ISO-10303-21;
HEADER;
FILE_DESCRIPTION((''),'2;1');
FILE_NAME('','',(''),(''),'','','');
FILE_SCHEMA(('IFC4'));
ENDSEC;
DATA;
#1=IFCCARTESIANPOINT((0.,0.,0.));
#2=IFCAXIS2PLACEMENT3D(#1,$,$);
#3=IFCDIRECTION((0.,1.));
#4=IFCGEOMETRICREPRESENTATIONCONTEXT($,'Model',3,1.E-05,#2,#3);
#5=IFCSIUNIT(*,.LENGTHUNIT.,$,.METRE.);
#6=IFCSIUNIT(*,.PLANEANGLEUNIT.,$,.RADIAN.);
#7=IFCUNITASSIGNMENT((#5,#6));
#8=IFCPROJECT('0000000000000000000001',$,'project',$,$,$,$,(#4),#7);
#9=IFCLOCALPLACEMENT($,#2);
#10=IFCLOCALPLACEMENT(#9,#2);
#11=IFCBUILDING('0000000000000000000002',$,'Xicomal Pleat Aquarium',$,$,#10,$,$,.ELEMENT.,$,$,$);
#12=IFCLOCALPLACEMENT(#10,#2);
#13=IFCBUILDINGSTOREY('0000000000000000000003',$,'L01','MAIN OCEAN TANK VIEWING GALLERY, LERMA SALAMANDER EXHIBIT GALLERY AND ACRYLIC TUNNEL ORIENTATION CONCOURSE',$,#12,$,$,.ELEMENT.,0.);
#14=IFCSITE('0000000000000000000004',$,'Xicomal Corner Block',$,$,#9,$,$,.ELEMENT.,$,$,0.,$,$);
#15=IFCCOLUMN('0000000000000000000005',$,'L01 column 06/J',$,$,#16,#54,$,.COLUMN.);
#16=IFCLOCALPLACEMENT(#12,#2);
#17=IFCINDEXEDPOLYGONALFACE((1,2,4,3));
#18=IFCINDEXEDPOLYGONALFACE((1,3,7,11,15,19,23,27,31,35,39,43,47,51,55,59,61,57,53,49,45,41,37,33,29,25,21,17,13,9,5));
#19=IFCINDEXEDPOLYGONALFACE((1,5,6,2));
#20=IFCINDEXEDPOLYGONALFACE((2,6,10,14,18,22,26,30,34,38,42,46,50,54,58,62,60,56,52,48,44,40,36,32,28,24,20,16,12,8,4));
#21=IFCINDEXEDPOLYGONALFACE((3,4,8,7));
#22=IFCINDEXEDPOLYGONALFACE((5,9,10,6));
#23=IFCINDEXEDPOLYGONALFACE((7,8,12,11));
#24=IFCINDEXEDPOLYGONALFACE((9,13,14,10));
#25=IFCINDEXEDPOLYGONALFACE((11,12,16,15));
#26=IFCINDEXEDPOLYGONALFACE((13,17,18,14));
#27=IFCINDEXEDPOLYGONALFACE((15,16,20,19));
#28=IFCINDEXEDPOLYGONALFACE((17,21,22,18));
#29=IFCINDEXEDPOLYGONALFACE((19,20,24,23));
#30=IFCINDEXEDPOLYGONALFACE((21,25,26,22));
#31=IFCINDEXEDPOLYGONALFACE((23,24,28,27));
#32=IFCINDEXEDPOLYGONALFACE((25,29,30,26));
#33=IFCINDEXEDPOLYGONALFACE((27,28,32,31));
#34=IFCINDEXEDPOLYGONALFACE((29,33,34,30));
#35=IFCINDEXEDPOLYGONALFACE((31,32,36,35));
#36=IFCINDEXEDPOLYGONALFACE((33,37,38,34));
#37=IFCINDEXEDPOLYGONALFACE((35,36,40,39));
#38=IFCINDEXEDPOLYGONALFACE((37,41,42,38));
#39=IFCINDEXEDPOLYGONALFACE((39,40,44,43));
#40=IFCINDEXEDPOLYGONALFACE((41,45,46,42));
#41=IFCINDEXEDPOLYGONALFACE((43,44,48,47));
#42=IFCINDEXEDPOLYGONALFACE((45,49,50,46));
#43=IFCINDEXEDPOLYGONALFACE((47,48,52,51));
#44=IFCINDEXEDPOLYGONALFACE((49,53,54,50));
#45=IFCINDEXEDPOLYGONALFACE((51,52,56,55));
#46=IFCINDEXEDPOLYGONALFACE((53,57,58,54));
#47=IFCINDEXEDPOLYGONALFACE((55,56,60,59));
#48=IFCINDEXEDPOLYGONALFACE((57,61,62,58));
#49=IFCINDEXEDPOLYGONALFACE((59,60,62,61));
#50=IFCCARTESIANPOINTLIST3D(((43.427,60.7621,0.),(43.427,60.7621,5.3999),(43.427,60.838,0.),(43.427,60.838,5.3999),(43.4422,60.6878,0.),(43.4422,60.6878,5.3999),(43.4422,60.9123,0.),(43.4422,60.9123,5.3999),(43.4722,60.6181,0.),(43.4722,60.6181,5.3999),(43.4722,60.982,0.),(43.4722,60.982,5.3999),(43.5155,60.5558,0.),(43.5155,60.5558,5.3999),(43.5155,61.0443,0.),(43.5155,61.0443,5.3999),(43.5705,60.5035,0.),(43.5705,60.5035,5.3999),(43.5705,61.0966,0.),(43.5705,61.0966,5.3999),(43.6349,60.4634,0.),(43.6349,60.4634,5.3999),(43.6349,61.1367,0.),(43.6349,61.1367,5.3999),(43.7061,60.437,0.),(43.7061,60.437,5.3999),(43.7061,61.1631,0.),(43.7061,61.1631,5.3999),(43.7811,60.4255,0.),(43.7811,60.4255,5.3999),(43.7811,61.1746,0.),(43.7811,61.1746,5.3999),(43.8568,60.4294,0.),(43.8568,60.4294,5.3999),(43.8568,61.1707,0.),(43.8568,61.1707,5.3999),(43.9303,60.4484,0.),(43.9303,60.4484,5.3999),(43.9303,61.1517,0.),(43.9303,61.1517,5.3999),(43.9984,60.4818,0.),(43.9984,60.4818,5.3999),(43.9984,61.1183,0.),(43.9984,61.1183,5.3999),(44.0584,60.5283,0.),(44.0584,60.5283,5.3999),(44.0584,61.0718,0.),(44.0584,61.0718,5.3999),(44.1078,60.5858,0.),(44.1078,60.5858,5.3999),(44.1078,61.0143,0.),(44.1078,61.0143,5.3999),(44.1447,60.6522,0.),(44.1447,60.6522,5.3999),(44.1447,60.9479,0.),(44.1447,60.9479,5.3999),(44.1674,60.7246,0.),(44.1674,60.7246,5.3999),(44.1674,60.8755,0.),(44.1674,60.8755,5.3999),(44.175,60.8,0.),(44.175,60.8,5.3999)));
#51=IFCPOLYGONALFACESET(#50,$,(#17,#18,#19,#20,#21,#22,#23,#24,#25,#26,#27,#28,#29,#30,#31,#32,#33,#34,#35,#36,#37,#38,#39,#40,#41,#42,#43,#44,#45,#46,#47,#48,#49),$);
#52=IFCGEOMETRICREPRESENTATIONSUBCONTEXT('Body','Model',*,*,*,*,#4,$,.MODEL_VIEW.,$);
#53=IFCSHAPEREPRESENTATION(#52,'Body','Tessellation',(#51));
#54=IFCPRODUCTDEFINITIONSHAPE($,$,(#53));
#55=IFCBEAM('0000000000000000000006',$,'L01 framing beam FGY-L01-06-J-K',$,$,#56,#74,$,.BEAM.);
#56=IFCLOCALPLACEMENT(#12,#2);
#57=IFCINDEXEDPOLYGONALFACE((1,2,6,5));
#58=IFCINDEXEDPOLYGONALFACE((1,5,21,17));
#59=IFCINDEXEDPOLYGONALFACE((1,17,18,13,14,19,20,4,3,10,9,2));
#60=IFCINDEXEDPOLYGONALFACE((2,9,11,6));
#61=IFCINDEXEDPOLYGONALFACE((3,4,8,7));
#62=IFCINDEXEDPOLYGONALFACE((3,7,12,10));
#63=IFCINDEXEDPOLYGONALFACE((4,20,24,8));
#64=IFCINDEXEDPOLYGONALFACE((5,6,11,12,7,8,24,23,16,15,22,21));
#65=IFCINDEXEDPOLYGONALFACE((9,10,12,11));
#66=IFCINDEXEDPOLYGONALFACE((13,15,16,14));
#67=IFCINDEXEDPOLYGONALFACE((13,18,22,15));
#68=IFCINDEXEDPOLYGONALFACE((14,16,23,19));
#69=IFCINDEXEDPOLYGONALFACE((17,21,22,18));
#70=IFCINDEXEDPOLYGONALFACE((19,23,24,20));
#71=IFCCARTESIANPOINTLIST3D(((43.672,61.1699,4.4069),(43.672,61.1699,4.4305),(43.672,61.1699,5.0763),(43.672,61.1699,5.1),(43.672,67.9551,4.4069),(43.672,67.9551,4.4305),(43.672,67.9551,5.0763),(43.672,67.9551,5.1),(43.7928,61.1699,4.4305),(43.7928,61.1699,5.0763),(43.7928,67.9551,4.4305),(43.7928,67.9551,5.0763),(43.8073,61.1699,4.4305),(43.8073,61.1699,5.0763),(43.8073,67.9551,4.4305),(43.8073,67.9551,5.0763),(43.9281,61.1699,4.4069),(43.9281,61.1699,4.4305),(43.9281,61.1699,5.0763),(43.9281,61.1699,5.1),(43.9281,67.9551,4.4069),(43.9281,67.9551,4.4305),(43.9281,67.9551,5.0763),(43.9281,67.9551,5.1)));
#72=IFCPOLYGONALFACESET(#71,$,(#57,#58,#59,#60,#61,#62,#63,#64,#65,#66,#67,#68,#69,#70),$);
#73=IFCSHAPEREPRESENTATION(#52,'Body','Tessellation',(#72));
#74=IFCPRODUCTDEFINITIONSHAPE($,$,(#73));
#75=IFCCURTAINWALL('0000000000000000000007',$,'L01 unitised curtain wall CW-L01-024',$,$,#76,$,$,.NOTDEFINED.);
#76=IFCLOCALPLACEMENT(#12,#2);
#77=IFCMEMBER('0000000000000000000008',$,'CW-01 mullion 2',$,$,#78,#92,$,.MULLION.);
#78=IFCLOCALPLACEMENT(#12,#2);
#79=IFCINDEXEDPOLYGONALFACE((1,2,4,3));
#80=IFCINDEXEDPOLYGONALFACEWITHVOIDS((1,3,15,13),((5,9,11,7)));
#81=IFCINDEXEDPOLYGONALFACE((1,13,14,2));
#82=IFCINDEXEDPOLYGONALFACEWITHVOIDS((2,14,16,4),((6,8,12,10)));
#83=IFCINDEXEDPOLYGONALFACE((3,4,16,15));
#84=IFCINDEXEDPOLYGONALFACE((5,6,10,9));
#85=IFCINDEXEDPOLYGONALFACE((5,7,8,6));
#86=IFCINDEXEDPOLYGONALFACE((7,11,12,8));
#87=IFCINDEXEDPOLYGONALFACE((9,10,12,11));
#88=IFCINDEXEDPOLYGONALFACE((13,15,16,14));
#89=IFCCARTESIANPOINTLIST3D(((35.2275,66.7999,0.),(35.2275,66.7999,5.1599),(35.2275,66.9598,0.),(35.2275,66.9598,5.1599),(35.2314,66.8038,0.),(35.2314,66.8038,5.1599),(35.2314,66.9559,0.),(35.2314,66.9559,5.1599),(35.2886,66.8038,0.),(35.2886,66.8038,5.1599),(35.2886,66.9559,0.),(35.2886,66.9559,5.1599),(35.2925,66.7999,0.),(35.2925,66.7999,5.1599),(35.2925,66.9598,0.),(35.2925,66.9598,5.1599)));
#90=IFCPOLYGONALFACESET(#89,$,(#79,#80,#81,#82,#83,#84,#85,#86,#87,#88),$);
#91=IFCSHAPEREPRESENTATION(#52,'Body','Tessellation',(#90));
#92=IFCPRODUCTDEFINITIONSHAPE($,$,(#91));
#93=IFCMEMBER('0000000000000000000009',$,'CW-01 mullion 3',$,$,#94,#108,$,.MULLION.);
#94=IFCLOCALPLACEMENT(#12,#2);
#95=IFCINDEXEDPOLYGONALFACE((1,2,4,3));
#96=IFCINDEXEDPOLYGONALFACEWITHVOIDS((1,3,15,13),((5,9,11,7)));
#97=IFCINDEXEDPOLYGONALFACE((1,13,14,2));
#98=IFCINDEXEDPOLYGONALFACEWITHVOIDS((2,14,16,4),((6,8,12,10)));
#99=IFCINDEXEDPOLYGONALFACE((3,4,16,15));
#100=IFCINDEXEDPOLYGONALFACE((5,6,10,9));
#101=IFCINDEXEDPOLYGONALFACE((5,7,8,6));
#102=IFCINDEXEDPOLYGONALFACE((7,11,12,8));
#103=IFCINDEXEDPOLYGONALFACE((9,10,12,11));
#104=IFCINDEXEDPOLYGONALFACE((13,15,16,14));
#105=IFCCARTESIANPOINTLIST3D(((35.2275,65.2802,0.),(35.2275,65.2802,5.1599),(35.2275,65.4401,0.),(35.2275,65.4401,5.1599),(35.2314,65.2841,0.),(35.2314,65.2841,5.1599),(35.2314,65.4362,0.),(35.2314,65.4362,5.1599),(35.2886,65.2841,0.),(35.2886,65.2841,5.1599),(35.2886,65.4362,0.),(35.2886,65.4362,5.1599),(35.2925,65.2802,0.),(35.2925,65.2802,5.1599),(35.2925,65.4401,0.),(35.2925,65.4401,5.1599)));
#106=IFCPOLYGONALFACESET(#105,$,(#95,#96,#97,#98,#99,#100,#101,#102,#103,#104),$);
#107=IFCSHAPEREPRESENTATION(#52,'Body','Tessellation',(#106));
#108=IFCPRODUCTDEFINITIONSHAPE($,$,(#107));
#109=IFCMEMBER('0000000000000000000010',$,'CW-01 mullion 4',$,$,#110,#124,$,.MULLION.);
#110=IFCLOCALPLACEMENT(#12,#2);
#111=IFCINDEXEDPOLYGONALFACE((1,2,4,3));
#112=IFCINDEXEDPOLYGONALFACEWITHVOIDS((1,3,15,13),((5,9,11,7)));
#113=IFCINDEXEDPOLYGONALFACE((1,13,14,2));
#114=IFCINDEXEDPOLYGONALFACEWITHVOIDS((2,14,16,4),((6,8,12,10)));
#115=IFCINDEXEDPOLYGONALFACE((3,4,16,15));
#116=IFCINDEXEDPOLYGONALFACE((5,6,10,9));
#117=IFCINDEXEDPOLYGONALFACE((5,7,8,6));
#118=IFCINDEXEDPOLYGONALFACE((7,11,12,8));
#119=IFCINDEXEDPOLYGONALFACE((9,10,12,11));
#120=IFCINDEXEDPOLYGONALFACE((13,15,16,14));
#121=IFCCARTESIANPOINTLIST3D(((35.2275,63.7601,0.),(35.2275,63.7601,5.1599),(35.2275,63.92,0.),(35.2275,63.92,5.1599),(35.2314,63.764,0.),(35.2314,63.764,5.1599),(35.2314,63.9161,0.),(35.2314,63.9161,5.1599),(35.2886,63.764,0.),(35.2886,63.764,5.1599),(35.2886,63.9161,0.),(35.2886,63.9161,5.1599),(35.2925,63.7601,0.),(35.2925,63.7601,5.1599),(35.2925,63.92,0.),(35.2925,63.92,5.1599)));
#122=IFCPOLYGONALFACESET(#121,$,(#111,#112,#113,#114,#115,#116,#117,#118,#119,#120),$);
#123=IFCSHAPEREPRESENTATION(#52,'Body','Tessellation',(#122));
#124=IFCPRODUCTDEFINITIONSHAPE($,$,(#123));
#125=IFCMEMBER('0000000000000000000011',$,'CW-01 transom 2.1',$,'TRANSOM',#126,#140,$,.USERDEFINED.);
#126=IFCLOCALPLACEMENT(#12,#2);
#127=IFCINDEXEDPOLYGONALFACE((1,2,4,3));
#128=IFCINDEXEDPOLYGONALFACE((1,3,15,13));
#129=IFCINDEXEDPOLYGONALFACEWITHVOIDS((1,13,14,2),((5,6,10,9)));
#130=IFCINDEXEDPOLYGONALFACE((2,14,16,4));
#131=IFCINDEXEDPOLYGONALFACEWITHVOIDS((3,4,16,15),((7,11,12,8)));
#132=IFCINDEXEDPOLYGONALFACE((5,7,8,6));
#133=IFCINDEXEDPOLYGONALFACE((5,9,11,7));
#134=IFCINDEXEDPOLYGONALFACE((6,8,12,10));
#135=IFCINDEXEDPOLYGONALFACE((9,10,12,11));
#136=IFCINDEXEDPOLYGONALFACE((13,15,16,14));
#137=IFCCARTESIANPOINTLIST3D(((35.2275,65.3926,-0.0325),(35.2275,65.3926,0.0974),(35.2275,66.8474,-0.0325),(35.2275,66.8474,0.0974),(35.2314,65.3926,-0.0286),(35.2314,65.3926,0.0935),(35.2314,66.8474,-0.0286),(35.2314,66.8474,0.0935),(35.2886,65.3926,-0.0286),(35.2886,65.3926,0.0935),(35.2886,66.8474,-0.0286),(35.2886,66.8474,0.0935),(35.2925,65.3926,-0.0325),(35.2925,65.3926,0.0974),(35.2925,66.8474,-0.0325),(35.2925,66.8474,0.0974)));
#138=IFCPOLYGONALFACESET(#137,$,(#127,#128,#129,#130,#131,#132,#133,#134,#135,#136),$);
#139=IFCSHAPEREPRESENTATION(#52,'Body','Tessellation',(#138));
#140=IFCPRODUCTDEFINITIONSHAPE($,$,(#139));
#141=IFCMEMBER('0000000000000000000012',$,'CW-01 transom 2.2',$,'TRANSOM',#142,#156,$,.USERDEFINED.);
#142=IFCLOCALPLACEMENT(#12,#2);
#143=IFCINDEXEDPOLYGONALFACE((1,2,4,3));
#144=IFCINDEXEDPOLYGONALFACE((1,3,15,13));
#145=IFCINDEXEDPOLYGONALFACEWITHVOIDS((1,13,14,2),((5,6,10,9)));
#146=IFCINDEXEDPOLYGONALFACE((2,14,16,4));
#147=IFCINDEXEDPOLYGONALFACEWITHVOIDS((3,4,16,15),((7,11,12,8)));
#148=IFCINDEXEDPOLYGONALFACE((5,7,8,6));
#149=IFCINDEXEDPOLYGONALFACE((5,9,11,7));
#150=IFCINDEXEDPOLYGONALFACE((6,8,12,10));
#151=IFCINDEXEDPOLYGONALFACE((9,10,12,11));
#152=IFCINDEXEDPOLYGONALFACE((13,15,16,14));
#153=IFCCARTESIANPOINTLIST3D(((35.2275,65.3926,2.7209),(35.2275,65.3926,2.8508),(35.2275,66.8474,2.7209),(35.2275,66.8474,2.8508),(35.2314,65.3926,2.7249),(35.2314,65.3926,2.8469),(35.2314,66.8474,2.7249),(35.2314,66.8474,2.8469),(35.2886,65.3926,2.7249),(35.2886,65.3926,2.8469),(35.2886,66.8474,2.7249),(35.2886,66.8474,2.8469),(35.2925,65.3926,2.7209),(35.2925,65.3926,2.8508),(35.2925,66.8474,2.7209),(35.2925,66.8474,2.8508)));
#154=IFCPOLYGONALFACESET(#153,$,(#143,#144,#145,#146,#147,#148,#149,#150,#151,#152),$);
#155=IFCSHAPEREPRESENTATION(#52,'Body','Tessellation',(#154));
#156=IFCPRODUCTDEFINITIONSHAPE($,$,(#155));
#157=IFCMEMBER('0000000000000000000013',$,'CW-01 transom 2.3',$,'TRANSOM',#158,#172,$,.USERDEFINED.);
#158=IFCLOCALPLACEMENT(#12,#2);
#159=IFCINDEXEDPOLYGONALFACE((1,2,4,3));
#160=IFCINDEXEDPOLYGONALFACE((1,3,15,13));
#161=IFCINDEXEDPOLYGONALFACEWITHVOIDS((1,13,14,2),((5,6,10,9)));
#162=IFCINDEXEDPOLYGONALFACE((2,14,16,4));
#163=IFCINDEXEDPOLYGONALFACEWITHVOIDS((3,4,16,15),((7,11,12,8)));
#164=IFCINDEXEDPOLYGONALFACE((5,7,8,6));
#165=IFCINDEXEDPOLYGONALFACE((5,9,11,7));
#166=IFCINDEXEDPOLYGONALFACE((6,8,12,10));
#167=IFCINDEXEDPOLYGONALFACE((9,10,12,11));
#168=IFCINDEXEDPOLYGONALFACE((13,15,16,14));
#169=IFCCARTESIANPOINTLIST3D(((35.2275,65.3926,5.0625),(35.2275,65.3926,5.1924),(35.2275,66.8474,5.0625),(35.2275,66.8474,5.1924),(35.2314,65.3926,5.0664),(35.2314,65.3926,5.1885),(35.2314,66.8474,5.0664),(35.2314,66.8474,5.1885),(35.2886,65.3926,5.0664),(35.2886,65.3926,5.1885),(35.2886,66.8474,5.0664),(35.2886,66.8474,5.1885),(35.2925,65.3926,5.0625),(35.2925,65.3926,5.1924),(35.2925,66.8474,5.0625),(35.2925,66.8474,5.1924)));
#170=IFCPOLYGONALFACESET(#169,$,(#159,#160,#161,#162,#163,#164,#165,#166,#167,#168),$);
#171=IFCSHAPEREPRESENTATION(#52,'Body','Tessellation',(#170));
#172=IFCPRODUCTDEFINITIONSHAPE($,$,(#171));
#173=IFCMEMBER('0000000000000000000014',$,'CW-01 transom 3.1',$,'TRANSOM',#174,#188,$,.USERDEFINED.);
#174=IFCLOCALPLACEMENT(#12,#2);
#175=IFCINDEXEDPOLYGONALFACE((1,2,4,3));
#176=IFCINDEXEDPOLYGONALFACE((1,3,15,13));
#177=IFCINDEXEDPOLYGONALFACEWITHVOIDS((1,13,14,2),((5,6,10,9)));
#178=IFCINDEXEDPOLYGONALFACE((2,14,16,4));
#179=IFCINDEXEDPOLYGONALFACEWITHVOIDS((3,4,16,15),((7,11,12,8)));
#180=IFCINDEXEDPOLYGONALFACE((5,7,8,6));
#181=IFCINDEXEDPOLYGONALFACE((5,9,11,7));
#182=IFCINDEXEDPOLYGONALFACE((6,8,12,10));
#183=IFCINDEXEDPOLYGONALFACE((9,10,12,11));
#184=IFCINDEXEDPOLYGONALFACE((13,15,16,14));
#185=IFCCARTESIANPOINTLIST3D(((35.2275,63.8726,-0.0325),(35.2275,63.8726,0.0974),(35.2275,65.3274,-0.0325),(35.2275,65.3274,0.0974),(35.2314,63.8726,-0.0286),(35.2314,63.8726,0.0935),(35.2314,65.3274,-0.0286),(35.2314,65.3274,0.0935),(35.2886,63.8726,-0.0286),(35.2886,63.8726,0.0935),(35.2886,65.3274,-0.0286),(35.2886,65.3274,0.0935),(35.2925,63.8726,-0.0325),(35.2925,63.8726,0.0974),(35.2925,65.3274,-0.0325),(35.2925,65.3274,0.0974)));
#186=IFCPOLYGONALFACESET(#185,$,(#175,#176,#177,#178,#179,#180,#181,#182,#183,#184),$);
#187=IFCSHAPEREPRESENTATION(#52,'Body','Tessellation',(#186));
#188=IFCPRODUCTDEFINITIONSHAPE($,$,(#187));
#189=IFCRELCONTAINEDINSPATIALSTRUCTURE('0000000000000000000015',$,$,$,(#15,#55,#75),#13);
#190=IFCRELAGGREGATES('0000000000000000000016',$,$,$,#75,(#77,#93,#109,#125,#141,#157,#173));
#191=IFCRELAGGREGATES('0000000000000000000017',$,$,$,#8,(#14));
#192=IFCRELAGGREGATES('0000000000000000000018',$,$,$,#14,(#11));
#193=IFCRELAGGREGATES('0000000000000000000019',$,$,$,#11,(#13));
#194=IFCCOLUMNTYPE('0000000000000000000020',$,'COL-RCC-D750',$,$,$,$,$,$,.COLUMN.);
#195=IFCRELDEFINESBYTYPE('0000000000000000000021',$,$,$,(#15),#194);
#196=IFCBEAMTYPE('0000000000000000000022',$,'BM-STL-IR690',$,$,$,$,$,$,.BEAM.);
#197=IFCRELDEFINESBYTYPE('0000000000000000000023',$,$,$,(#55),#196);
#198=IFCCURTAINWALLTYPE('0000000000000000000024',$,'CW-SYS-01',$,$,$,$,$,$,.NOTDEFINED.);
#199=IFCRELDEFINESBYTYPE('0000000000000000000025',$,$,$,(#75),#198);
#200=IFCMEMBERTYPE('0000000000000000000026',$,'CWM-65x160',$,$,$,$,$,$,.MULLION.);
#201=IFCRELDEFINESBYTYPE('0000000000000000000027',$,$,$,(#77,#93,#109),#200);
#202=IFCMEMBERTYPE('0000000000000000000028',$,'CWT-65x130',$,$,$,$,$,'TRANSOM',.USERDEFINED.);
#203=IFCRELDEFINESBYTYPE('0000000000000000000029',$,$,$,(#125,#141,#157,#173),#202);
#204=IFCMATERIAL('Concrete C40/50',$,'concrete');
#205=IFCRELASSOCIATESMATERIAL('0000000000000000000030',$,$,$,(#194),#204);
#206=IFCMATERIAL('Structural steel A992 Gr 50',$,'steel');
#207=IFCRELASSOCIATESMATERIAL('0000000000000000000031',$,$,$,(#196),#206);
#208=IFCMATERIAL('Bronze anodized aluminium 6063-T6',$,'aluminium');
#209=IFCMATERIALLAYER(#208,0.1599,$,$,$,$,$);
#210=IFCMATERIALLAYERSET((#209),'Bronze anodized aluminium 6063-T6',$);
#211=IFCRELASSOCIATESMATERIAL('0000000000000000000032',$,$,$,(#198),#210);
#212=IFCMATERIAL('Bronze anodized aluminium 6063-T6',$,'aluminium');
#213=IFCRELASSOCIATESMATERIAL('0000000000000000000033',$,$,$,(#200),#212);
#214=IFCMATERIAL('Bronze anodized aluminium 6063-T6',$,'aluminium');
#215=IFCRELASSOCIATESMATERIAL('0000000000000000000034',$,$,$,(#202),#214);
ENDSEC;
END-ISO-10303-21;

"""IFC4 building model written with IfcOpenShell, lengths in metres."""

from ifc_helpers import new_model, si_unit, direction, frame, origin, origin_2d, place, context, subcontext, project, spatial, hollow_rectangle, circle, i_section, extrude, material, layer, layer_set, material_profile, profile_set, type_object, element, aggregate, save


model = new_model("IFC4")

# Units and contexts
model_context = context("Model", 3, precision=1e-05, world=origin(), true_north=direction((0.0, 1.0)))
body_context = subcontext(model_context, "Body", "Model", "MODEL_VIEW")
ifc_project = project(units=[si_unit("LENGTHUNIT", "METRE"), si_unit("PLANEANGLEUNIT", "RADIAN")], contexts=[model_context])

# Site, building, storey
site_placement = place(None, origin())
site = spatial("IfcSite", under=ifc_project, at=site_placement, Name="Xicomal Corner Block", CompositionType="ELEMENT", RefElevation=0.0)
building_placement = place(site_placement, origin())
building = spatial("IfcBuilding", under=site, at=building_placement, Name="Xicomal Pleat Aquarium", CompositionType="ELEMENT")
storey_placement = place(building_placement, origin())
storey = spatial("IfcBuildingStorey", under=building, at=storey_placement, Name="L01", Description="MAIN OCEAN TANK VIEWING GALLERY, LERMA SALAMANDER EXHIBIT GALLERY AND ACRYLIC TUNNEL ORIENTATION CONCOURSE", CompositionType="ELEMENT", Elevation=0.0)

# Column
ifc_material_1 = material(Name="Concrete C40/50", Category="concrete")
ifc_material_profile_1 = material_profile(ifc_material_1, circle(Radius=0.375, at=origin_2d()), Name="RCC D750")
ifc_profile_set_1 = profile_set([ifc_material_profile_1], Name="Concrete C40/50")
column_type = type_object("IfcColumnType", Name="COL-RCC-D750", PredefinedType="COLUMN", material=ifc_profile_set_1)
column_placement = place(storey_placement, frame((43.8, 60.8, 0.0), z_axis=(0.0, 0.0, 1.0), x_axis=(1.0, 0.0, 0.0)))
element("IfcColumn", 1, at=column_placement, inside=storey, type_object=column_type, Name="L01 column 06/J", PredefinedType="COLUMN", context=body_context, shape_type="SweptSolid", body=[
    extrude(circle(Radius=0.375, at=origin_2d()), origin(), (0.0, 0.0, 1.0), 5.3999),
])

# Beam
ifc_material_2 = material(Name="Structural steel A992 Gr 50", Category="steel")
ifc_material_profile_2 = material_profile(ifc_material_2, i_section(OverallWidth=0.2561, OverallDepth=0.6931, WebThickness=0.0144, FlangeThickness=0.0237, at=origin_2d()), Name="IR 690x170")
ifc_profile_set_2 = profile_set([ifc_material_profile_2], Name="Structural steel A992 Gr 50")
beam_type = type_object("IfcBeamType", Name="BM-STL-IR690", PredefinedType="BEAM", material=ifc_profile_set_2)
beam_placement = place(storey_placement, frame((43.8, 61.1699, 4.7534), z_axis=(0.0, 1.0, 0.0), x_axis=(-1.0, 0.0, 0.0)))
element("IfcBeam", 2, at=beam_placement, inside=storey, type_object=beam_type, Name="L01 framing beam FGY-L01-06-J-K", PredefinedType="BEAM", context=body_context, shape_type="SweptSolid", body=[
    extrude(i_section(OverallWidth=0.2561, OverallDepth=0.6931, WebThickness=0.0144, FlangeThickness=0.0237, at=origin_2d()), origin(), (0.0, 0.0, 1.0), 6.7852),
])

# Curtain wall, members
ifc_material_3 = material(Name="Bronze anodized aluminium 6063-T6", Category="aluminium")
ifc_layer_1 = layer(ifc_material_3, 0.1599)
ifc_layer_set_1 = layer_set([ifc_layer_1], Name="Bronze anodized aluminium 6063-T6")
curtain_wall_type_1 = type_object("IfcCurtainWallType", Name="CW-SYS-01", PredefinedType="NOTDEFINED", material=ifc_layer_set_1)
curtain_wall_1_placement = place(storey_placement, origin())
curtain_wall_1 = element("IfcCurtainWall", 3, at=curtain_wall_1_placement, inside=storey, type_object=curtain_wall_type_1, Name="L01 unitised curtain wall CW-L01-024", PredefinedType="NOTDEFINED")
ifc_material_4 = material(Name="Bronze anodized aluminium 6063-T6", Category="aluminium")
ifc_material_profile_3 = material_profile(ifc_material_4, hollow_rectangle(XDim=0.0649, YDim=0.1599, WallThickness=0.0039, at=origin_2d()), Name="ALU MULL 65x160")
ifc_profile_set_3 = profile_set([ifc_material_profile_3], Name="Bronze anodized aluminium 6063-T6")
member_type_1 = type_object("IfcMemberType", Name="CWM-65x160", PredefinedType="MULLION", material=ifc_profile_set_3)
member_1_placement = place(storey_placement, frame((35.26, 66.8799, 0.0), z_axis=(0.0, 0.0, 1.0), x_axis=(1.0, 0.0, 0.0)))
member_1 = element("IfcMember", 4, at=member_1_placement, type_object=member_type_1, Name="CW-01 mullion 2", PredefinedType="MULLION", context=body_context, shape_type="SweptSolid", body=[
    extrude(hollow_rectangle(XDim=0.0649, YDim=0.1599, WallThickness=0.0039, at=origin_2d()), origin(), (0.0, 0.0, 1.0), 5.1599),
])
member_2_placement = place(storey_placement, frame((35.26, 65.3601, 0.0), z_axis=(0.0, 0.0, 1.0), x_axis=(1.0, 0.0, 0.0)))
member_2 = element("IfcMember", 5, at=member_2_placement, type_object=member_type_1, Name="CW-01 mullion 3", PredefinedType="MULLION", context=body_context, shape_type="SweptSolid", body=[
    extrude(hollow_rectangle(XDim=0.0649, YDim=0.1599, WallThickness=0.0039, at=origin_2d()), origin(), (0.0, 0.0, 1.0), 5.1599),
])
member_3_placement = place(storey_placement, frame((35.26, 63.8401, 0.0), z_axis=(0.0, 0.0, 1.0), x_axis=(1.0, 0.0, 0.0)))
member_3 = element("IfcMember", 6, at=member_3_placement, type_object=member_type_1, Name="CW-01 mullion 4", PredefinedType="MULLION", context=body_context, shape_type="SweptSolid", body=[
    extrude(hollow_rectangle(XDim=0.0649, YDim=0.1599, WallThickness=0.0039, at=origin_2d()), origin(), (0.0, 0.0, 1.0), 5.1599),
])
ifc_material_5 = material(Name="Bronze anodized aluminium 6063-T6", Category="aluminium")
ifc_material_profile_4 = material_profile(ifc_material_5, hollow_rectangle(XDim=0.0649, YDim=0.1299, WallThickness=0.0039, at=origin_2d()), Name="ALU TRAN 65x130")
ifc_profile_set_4 = profile_set([ifc_material_profile_4], Name="Bronze anodized aluminium 6063-T6")
member_type_2 = type_object("IfcMemberType", Name="CWT-65x130", ElementType="TRANSOM", PredefinedType="USERDEFINED", material=ifc_profile_set_4)
member_4_placement = place(storey_placement, frame((35.26, 66.8474, 0.0325), z_axis=(0.0, -1.0, 0.0), x_axis=(1.0, 0.0, 0.0)))
member_4 = element("IfcMember", 7, at=member_4_placement, type_object=member_type_2, Name="CW-01 transom 2.1", ObjectType="TRANSOM", PredefinedType="USERDEFINED", context=body_context, shape_type="SweptSolid", body=[
    extrude(hollow_rectangle(XDim=0.0649, YDim=0.1299, WallThickness=0.0039, at=origin_2d()), origin(), (0.0, 0.0, 1.0), 1.4548),
])
member_5_placement = place(storey_placement, frame((35.26, 66.8474, 2.7859), z_axis=(0.0, -1.0, 0.0), x_axis=(1.0, 0.0, 0.0)))
member_5 = element("IfcMember", 8, at=member_5_placement, type_object=member_type_2, Name="CW-01 transom 2.2", ObjectType="TRANSOM", PredefinedType="USERDEFINED", context=body_context, shape_type="SweptSolid", body=[
    extrude(hollow_rectangle(XDim=0.0649, YDim=0.1299, WallThickness=0.0039, at=origin_2d()), origin(), (0.0, 0.0, 1.0), 1.4548),
])
member_6_placement = place(storey_placement, frame((35.26, 66.8474, 5.1274), z_axis=(0.0, -1.0, 0.0), x_axis=(1.0, 0.0, 0.0)))
member_6 = element("IfcMember", 9, at=member_6_placement, type_object=member_type_2, Name="CW-01 transom 2.3", ObjectType="TRANSOM", PredefinedType="USERDEFINED", context=body_context, shape_type="SweptSolid", body=[
    extrude(hollow_rectangle(XDim=0.0649, YDim=0.1299, WallThickness=0.0039, at=origin_2d()), origin(), (0.0, 0.0, 1.0), 1.4548),
])
member_7_placement = place(storey_placement, frame((35.26, 65.3274, 0.0325), z_axis=(0.0, -1.0, 0.0), x_axis=(1.0, 0.0, 0.0)))
member_7 = element("IfcMember", 10, at=member_7_placement, type_object=member_type_2, Name="CW-01 transom 3.1", ObjectType="TRANSOM", PredefinedType="USERDEFINED", context=body_context, shape_type="SweptSolid", body=[
    extrude(hollow_rectangle(XDim=0.0649, YDim=0.1299, WallThickness=0.0039, at=origin_2d()), origin(), (0.0, 0.0, 1.0), 1.4548),
])

aggregate(curtain_wall_1, [member_1, member_2, member_3, member_4, member_5, member_6, member_7])

save(model, "model.ifc")
